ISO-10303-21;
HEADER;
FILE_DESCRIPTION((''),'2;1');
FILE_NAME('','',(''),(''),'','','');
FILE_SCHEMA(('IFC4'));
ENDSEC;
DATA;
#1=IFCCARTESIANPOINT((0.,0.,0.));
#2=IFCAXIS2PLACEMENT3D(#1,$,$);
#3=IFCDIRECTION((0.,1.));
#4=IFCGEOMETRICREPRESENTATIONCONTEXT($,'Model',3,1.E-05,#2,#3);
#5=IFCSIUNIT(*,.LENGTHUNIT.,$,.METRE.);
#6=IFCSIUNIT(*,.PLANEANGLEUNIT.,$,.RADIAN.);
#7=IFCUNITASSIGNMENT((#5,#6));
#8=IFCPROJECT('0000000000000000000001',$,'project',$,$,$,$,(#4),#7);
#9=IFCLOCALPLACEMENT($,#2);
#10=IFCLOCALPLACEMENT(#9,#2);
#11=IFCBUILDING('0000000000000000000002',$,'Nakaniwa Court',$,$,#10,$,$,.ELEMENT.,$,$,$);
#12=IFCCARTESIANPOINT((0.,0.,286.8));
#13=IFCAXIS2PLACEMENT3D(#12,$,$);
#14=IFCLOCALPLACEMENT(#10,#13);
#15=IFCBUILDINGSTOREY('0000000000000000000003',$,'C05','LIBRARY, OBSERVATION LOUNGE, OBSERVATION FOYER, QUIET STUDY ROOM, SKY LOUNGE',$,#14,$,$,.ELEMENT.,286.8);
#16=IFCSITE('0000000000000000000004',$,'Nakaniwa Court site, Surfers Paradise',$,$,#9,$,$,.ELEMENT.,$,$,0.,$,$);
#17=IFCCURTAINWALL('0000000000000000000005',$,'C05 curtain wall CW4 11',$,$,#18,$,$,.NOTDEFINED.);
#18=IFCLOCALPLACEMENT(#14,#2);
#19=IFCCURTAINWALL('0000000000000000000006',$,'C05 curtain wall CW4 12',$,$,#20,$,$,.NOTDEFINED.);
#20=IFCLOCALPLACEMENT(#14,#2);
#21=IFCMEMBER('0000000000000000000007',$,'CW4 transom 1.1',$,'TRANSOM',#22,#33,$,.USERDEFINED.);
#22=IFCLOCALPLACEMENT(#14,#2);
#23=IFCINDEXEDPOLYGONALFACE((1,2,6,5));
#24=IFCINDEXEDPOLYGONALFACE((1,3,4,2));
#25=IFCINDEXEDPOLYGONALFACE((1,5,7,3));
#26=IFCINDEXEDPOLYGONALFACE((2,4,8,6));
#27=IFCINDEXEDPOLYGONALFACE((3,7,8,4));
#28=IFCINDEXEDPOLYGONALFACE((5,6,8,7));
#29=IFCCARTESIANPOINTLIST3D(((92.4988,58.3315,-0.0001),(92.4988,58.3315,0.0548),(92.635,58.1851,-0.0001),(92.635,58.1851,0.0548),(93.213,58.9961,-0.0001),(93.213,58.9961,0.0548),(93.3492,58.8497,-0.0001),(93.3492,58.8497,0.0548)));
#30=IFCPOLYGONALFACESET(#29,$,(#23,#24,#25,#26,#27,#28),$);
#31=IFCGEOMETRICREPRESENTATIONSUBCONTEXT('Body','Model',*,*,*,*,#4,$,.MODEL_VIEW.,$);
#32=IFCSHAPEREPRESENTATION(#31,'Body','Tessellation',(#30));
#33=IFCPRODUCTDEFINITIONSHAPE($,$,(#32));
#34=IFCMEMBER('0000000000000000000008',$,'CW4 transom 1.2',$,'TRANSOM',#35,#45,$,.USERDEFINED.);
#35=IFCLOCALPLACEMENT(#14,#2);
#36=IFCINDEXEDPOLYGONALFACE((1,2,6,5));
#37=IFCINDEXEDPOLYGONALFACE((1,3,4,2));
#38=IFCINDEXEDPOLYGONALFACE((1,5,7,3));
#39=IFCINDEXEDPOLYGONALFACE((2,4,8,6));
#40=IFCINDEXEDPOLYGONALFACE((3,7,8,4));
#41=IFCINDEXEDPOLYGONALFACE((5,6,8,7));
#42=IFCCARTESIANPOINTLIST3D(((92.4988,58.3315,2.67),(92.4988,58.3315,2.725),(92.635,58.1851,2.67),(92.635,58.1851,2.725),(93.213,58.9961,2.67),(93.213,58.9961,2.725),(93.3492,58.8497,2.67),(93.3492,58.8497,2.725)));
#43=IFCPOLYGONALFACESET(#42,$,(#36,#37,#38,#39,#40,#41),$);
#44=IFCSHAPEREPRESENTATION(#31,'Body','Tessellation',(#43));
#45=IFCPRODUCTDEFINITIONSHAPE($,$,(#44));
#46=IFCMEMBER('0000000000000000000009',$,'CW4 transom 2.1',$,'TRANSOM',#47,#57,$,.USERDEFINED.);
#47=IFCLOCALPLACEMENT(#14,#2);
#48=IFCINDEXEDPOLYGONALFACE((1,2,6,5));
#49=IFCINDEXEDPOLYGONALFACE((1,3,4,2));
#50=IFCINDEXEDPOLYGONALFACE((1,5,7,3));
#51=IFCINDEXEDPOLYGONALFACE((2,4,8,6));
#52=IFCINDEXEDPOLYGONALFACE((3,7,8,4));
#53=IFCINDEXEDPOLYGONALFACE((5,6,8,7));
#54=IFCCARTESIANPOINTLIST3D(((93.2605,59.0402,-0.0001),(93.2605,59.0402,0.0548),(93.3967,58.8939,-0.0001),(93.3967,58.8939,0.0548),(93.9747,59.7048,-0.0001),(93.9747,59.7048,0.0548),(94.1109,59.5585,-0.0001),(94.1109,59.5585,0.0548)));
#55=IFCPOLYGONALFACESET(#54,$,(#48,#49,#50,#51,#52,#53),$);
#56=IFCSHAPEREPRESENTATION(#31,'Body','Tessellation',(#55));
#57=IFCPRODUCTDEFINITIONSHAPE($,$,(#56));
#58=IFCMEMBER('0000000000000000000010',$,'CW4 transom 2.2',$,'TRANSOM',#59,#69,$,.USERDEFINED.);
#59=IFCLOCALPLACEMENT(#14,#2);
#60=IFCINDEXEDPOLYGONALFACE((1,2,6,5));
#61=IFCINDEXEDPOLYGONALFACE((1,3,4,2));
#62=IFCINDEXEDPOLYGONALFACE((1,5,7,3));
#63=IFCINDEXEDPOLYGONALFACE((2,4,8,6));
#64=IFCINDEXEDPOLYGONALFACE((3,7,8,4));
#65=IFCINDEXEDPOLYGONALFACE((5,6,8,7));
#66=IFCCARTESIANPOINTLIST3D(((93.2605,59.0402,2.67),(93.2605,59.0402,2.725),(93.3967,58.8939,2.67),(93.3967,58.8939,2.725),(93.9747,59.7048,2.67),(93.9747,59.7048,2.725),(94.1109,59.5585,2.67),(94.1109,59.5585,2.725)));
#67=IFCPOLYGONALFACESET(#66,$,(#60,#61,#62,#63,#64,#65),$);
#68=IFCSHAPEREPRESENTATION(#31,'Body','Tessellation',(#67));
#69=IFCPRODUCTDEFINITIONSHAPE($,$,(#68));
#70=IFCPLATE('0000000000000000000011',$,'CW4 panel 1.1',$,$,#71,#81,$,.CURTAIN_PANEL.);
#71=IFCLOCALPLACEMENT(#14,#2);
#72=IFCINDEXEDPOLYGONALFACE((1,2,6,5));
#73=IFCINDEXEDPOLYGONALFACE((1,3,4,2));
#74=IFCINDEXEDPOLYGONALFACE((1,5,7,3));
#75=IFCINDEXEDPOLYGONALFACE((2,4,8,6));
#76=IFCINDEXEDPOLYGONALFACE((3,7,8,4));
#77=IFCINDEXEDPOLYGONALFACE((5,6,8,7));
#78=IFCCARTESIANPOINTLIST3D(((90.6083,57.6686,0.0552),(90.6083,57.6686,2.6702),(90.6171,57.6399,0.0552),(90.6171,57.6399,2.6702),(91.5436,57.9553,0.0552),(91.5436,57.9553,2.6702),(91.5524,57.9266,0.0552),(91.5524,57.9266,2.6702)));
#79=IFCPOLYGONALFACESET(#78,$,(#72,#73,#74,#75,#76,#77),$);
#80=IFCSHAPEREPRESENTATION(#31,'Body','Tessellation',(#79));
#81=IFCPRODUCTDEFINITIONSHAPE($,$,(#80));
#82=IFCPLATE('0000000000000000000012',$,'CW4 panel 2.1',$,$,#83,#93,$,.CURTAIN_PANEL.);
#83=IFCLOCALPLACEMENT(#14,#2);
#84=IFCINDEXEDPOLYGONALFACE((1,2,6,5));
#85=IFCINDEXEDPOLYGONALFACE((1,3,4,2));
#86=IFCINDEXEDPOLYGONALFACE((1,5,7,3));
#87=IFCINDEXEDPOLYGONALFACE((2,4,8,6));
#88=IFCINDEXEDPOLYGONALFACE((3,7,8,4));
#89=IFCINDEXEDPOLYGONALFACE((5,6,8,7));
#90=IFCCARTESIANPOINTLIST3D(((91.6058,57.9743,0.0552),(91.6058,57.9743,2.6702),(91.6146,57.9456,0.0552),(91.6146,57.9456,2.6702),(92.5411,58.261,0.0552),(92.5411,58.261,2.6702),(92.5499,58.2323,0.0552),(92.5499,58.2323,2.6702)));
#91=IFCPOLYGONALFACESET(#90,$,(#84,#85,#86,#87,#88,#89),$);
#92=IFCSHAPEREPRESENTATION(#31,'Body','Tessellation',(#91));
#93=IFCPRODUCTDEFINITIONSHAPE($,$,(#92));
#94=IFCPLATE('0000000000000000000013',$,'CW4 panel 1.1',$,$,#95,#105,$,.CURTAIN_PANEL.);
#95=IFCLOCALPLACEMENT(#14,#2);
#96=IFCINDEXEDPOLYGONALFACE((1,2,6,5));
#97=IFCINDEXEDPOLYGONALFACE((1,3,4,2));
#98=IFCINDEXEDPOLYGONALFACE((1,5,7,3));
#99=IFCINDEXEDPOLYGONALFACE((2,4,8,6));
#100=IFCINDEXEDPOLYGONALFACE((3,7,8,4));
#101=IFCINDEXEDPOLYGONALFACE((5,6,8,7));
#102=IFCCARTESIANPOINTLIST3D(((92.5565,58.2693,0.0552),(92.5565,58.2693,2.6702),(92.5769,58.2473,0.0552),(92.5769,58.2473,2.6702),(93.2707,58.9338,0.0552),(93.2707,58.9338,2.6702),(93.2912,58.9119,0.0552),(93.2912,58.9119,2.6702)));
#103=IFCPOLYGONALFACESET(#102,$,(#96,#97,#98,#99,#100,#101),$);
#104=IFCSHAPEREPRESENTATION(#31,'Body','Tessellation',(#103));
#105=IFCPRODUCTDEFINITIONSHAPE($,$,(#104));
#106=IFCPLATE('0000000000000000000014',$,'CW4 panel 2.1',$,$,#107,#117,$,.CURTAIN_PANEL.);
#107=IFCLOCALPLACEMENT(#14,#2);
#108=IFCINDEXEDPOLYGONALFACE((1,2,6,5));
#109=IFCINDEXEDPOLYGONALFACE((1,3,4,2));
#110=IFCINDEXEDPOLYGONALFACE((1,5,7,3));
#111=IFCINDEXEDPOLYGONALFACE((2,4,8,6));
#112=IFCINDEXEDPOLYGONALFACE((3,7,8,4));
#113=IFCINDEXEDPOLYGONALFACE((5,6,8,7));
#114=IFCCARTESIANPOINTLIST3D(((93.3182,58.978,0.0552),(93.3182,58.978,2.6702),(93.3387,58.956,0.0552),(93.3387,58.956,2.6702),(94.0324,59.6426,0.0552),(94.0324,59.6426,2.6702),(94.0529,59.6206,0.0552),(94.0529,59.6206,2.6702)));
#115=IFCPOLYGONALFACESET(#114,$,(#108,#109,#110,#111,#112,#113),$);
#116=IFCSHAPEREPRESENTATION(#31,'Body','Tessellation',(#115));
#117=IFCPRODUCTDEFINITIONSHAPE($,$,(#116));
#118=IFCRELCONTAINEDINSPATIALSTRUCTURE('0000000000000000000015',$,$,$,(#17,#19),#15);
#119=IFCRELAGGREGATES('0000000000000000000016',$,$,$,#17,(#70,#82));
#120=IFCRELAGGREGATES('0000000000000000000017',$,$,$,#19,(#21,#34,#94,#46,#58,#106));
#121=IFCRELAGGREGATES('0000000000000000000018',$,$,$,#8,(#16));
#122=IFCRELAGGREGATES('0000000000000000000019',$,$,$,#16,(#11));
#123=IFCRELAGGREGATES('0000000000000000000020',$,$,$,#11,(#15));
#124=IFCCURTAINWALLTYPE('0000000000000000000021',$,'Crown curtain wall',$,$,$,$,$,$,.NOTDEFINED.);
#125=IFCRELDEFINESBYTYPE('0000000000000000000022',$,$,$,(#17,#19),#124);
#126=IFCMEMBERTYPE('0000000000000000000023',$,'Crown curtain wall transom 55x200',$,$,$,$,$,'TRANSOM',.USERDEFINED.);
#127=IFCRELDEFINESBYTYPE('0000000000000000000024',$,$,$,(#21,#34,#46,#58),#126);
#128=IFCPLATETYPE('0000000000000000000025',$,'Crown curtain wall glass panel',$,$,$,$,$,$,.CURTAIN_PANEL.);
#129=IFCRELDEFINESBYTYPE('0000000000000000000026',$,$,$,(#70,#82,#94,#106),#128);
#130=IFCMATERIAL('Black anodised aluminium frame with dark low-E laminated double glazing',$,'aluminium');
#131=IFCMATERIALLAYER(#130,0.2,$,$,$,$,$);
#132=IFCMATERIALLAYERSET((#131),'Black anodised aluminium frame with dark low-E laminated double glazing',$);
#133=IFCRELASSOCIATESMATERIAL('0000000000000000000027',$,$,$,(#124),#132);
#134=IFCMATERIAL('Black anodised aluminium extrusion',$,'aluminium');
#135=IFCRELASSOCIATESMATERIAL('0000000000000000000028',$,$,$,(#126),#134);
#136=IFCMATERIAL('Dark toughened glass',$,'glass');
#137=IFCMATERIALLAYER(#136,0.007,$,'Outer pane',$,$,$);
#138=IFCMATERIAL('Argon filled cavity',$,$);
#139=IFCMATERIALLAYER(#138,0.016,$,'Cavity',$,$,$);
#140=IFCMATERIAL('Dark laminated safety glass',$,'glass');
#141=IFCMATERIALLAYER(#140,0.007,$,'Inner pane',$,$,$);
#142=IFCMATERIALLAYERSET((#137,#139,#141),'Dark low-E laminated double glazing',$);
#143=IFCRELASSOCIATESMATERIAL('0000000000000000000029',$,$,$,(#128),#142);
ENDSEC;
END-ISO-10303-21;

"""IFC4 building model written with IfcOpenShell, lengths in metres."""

from ifc_helpers import new_model, si_unit, direction, frame, origin, origin_2d, place, context, subcontext, project, spatial, rectangle, extrude, material, layer, layer_set, material_profile, profile_set, type_object, element, aggregate, save


model = new_model("IFC4")

# Units and contexts
model_context = context("Model", 3, precision=1e-05, world=origin(), true_north=direction((0.0, 1.0)))
body_context = subcontext(model_context, "Body", "Model", "MODEL_VIEW")
ifc_project = project(units=[si_unit("LENGTHUNIT", "METRE"), si_unit("PLANEANGLEUNIT", "RADIAN")], contexts=[model_context])

# Site, building, storey
site_placement = place(None, origin())
site = spatial("IfcSite", under=ifc_project, at=site_placement, Name="Nakaniwa Court site, Surfers Paradise", CompositionType="ELEMENT", RefElevation=0.0)
building_placement = place(site_placement, origin())
building = spatial("IfcBuilding", under=site, at=building_placement, Name="Nakaniwa Court", CompositionType="ELEMENT")
storey_placement = place(building_placement, frame((0.0, 0.0, 286.8)))
storey = spatial("IfcBuildingStorey", under=building, at=storey_placement, Name="C05", Description="LIBRARY, OBSERVATION LOUNGE, OBSERVATION FOYER, QUIET STUDY ROOM, SKY LOUNGE", CompositionType="ELEMENT", Elevation=286.8)

# Curtain walls
ifc_material_1 = material(Name="Black anodised aluminium frame with dark low-E laminated double glazing", Category="aluminium")
ifc_layer_1 = layer(ifc_material_1, 0.2)
ifc_layer_set_1 = layer_set([ifc_layer_1], Name="Black anodised aluminium frame with dark low-E laminated double glazing")
curtain_wall_type = type_object("IfcCurtainWallType", Name="Crown curtain wall", PredefinedType="NOTDEFINED", material=ifc_layer_set_1)
curtain_wall_1_placement = place(storey_placement, origin())
curtain_wall_1 = element("IfcCurtainWall", 1, at=curtain_wall_1_placement, inside=storey, type_object=curtain_wall_type, Name="C05 curtain wall CW4 11", PredefinedType="NOTDEFINED")
ifc_material_2 = material(Name="Black anodised aluminium extrusion", Category="aluminium")
curtain_wall_2_placement = place(storey_placement, origin())
curtain_wall_2 = element("IfcCurtainWall", 2, at=curtain_wall_2_placement, inside=storey, type_object=curtain_wall_type, Name="C05 curtain wall CW4 12", PredefinedType="NOTDEFINED")

# Members
ifc_material_profile_1 = material_profile(ifc_material_2, rectangle(XDim=0.2, YDim=0.0549, at=origin_2d()), Name="Crown curtain wall transom 55x200")
ifc_profile_set_1 = profile_set([ifc_material_profile_1], Name="Black anodised aluminium extrusion")
member_type_1 = type_object("IfcMemberType", Name="Crown curtain wall transom 55x200", ElementType="TRANSOM", PredefinedType="USERDEFINED", material=ifc_profile_set_1)
member_1_placement = place(storey_placement, frame((92.5669, 58.2583, 0.0273), z_axis=(0.732053, 0.681247, 0.0), x_axis=(-0.681247, 0.732053, 0.0)))
member_1 = element("IfcMember", 3, at=member_1_placement, type_object=member_type_1, Name="CW4 transom 1.1", ObjectType="TRANSOM", PredefinedType="USERDEFINED", context=body_context, shape_type="SweptSolid", body=[
    extrude(rectangle(XDim=0.2, YDim=0.0549, at=origin_2d()), origin(), (0.0, 0.0, 1.0), 0.9756),
])
member_2_placement = place(storey_placement, frame((92.5669, 58.2583, 2.6975), z_axis=(0.732053, 0.681247, 0.0), x_axis=(-0.681247, 0.732053, 0.0)))
member_2 = element("IfcMember", 4, at=member_2_placement, type_object=member_type_1, Name="CW4 transom 1.2", ObjectType="TRANSOM", PredefinedType="USERDEFINED", context=body_context, shape_type="SweptSolid", body=[
    extrude(rectangle(XDim=0.2, YDim=0.0549, at=origin_2d()), origin(), (0.0, 0.0, 1.0), 0.9756),
])
member_3_placement = place(storey_placement, frame((93.3286, 58.967, 0.0273), z_axis=(0.732053, 0.681247, 0.0), x_axis=(-0.681247, 0.732053, 0.0)))
member_3 = element("IfcMember", 5, at=member_3_placement, type_object=member_type_1, Name="CW4 transom 2.1", ObjectType="TRANSOM", PredefinedType="USERDEFINED", context=body_context, shape_type="SweptSolid", body=[
    extrude(rectangle(XDim=0.2, YDim=0.0549, at=origin_2d()), origin(), (0.0, 0.0, 1.0), 0.9756),
])
member_4_placement = place(storey_placement, frame((93.3286, 58.967, 2.6975), z_axis=(0.732053, 0.681247, 0.0), x_axis=(-0.681247, 0.732053, 0.0)))
member_4 = element("IfcMember", 6, at=member_4_placement, type_object=member_type_1, Name="CW4 transom 2.2", ObjectType="TRANSOM", PredefinedType="USERDEFINED", context=body_context, shape_type="SweptSolid", body=[
    extrude(rectangle(XDim=0.2, YDim=0.0549, at=origin_2d()), origin(), (0.0, 0.0, 1.0), 0.9756),
])

# Plates
ifc_material_3 = material(Name="Dark toughened glass", Category="glass")
ifc_layer_2 = layer(ifc_material_3, 0.007, Name="Outer pane")
ifc_material_4 = material(Name="Argon filled cavity")
ifc_layer_3 = layer(ifc_material_4, 0.016, Name="Cavity")
ifc_material_5 = material(Name="Dark laminated safety glass", Category="glass")
ifc_layer_4 = layer(ifc_material_5, 0.007, Name="Inner pane")
ifc_layer_set_2 = layer_set([ifc_layer_2, ifc_layer_3, ifc_layer_4], Name="Dark low-E laminated double glazing")
plate_type = type_object("IfcPlateType", Name="Crown curtain wall glass panel", PredefinedType="CURTAIN_PANEL", material=ifc_layer_set_2)
plate_1_placement = place(storey_placement, frame((91.0803, 57.7976, 0.0552), z_axis=(0.0, 0.0, 1.0), x_axis=(0.956094, 0.29306, 0.0)))
plate_1 = element("IfcPlate", 7, at=plate_1_placement, type_object=plate_type, Name="CW4 panel 1.1", PredefinedType="CURTAIN_PANEL", context=body_context, shape_type="SweptSolid", body=[
    extrude(rectangle(XDim=0.9783, YDim=0.03, at=origin_2d()), origin(), (0.0, 0.0, 1.0), 2.615),
])
plate_2_placement = place(storey_placement, frame((92.0779, 58.1033, 0.0552), z_axis=(0.0, 0.0, 1.0), x_axis=(0.956094, 0.29306, 0.0)))
plate_2 = element("IfcPlate", 8, at=plate_2_placement, type_object=plate_type, Name="CW4 panel 2.1", PredefinedType="CURTAIN_PANEL", context=body_context, shape_type="SweptSolid", body=[
    extrude(rectangle(XDim=0.9783, YDim=0.03, at=origin_2d()), origin(), (0.0, 0.0, 1.0), 2.615),
])
aggregate(curtain_wall_1, [plate_1, plate_2])
plate_3_placement = place(storey_placement, frame((92.9238, 58.5906, 0.0552), z_axis=(0.0, 0.0, 1.0), x_axis=(0.732114, 0.681182, 0.0)))
plate_3 = element("IfcPlate", 9, at=plate_3_placement, type_object=plate_type, Name="CW4 panel 1.1", PredefinedType="CURTAIN_PANEL", context=body_context, shape_type="SweptSolid", body=[
    extrude(rectangle(XDim=0.9756, YDim=0.03, at=origin_2d()), origin(), (0.0, 0.0, 1.0), 2.615),
])
plate_4_placement = place(storey_placement, frame((93.6855, 59.2993, 0.0552), z_axis=(0.0, 0.0, 1.0), x_axis=(0.732114, 0.681182, 0.0)))
plate_4 = element("IfcPlate", 10, at=plate_4_placement, type_object=plate_type, Name="CW4 panel 2.1", PredefinedType="CURTAIN_PANEL", context=body_context, shape_type="SweptSolid", body=[
    extrude(rectangle(XDim=0.9756, YDim=0.03, at=origin_2d()), origin(), (0.0, 0.0, 1.0), 2.615),
])
aggregate(curtain_wall_2, [member_1, member_2, plate_3, member_3, member_4, plate_4])

save(model, "model.ifc")
